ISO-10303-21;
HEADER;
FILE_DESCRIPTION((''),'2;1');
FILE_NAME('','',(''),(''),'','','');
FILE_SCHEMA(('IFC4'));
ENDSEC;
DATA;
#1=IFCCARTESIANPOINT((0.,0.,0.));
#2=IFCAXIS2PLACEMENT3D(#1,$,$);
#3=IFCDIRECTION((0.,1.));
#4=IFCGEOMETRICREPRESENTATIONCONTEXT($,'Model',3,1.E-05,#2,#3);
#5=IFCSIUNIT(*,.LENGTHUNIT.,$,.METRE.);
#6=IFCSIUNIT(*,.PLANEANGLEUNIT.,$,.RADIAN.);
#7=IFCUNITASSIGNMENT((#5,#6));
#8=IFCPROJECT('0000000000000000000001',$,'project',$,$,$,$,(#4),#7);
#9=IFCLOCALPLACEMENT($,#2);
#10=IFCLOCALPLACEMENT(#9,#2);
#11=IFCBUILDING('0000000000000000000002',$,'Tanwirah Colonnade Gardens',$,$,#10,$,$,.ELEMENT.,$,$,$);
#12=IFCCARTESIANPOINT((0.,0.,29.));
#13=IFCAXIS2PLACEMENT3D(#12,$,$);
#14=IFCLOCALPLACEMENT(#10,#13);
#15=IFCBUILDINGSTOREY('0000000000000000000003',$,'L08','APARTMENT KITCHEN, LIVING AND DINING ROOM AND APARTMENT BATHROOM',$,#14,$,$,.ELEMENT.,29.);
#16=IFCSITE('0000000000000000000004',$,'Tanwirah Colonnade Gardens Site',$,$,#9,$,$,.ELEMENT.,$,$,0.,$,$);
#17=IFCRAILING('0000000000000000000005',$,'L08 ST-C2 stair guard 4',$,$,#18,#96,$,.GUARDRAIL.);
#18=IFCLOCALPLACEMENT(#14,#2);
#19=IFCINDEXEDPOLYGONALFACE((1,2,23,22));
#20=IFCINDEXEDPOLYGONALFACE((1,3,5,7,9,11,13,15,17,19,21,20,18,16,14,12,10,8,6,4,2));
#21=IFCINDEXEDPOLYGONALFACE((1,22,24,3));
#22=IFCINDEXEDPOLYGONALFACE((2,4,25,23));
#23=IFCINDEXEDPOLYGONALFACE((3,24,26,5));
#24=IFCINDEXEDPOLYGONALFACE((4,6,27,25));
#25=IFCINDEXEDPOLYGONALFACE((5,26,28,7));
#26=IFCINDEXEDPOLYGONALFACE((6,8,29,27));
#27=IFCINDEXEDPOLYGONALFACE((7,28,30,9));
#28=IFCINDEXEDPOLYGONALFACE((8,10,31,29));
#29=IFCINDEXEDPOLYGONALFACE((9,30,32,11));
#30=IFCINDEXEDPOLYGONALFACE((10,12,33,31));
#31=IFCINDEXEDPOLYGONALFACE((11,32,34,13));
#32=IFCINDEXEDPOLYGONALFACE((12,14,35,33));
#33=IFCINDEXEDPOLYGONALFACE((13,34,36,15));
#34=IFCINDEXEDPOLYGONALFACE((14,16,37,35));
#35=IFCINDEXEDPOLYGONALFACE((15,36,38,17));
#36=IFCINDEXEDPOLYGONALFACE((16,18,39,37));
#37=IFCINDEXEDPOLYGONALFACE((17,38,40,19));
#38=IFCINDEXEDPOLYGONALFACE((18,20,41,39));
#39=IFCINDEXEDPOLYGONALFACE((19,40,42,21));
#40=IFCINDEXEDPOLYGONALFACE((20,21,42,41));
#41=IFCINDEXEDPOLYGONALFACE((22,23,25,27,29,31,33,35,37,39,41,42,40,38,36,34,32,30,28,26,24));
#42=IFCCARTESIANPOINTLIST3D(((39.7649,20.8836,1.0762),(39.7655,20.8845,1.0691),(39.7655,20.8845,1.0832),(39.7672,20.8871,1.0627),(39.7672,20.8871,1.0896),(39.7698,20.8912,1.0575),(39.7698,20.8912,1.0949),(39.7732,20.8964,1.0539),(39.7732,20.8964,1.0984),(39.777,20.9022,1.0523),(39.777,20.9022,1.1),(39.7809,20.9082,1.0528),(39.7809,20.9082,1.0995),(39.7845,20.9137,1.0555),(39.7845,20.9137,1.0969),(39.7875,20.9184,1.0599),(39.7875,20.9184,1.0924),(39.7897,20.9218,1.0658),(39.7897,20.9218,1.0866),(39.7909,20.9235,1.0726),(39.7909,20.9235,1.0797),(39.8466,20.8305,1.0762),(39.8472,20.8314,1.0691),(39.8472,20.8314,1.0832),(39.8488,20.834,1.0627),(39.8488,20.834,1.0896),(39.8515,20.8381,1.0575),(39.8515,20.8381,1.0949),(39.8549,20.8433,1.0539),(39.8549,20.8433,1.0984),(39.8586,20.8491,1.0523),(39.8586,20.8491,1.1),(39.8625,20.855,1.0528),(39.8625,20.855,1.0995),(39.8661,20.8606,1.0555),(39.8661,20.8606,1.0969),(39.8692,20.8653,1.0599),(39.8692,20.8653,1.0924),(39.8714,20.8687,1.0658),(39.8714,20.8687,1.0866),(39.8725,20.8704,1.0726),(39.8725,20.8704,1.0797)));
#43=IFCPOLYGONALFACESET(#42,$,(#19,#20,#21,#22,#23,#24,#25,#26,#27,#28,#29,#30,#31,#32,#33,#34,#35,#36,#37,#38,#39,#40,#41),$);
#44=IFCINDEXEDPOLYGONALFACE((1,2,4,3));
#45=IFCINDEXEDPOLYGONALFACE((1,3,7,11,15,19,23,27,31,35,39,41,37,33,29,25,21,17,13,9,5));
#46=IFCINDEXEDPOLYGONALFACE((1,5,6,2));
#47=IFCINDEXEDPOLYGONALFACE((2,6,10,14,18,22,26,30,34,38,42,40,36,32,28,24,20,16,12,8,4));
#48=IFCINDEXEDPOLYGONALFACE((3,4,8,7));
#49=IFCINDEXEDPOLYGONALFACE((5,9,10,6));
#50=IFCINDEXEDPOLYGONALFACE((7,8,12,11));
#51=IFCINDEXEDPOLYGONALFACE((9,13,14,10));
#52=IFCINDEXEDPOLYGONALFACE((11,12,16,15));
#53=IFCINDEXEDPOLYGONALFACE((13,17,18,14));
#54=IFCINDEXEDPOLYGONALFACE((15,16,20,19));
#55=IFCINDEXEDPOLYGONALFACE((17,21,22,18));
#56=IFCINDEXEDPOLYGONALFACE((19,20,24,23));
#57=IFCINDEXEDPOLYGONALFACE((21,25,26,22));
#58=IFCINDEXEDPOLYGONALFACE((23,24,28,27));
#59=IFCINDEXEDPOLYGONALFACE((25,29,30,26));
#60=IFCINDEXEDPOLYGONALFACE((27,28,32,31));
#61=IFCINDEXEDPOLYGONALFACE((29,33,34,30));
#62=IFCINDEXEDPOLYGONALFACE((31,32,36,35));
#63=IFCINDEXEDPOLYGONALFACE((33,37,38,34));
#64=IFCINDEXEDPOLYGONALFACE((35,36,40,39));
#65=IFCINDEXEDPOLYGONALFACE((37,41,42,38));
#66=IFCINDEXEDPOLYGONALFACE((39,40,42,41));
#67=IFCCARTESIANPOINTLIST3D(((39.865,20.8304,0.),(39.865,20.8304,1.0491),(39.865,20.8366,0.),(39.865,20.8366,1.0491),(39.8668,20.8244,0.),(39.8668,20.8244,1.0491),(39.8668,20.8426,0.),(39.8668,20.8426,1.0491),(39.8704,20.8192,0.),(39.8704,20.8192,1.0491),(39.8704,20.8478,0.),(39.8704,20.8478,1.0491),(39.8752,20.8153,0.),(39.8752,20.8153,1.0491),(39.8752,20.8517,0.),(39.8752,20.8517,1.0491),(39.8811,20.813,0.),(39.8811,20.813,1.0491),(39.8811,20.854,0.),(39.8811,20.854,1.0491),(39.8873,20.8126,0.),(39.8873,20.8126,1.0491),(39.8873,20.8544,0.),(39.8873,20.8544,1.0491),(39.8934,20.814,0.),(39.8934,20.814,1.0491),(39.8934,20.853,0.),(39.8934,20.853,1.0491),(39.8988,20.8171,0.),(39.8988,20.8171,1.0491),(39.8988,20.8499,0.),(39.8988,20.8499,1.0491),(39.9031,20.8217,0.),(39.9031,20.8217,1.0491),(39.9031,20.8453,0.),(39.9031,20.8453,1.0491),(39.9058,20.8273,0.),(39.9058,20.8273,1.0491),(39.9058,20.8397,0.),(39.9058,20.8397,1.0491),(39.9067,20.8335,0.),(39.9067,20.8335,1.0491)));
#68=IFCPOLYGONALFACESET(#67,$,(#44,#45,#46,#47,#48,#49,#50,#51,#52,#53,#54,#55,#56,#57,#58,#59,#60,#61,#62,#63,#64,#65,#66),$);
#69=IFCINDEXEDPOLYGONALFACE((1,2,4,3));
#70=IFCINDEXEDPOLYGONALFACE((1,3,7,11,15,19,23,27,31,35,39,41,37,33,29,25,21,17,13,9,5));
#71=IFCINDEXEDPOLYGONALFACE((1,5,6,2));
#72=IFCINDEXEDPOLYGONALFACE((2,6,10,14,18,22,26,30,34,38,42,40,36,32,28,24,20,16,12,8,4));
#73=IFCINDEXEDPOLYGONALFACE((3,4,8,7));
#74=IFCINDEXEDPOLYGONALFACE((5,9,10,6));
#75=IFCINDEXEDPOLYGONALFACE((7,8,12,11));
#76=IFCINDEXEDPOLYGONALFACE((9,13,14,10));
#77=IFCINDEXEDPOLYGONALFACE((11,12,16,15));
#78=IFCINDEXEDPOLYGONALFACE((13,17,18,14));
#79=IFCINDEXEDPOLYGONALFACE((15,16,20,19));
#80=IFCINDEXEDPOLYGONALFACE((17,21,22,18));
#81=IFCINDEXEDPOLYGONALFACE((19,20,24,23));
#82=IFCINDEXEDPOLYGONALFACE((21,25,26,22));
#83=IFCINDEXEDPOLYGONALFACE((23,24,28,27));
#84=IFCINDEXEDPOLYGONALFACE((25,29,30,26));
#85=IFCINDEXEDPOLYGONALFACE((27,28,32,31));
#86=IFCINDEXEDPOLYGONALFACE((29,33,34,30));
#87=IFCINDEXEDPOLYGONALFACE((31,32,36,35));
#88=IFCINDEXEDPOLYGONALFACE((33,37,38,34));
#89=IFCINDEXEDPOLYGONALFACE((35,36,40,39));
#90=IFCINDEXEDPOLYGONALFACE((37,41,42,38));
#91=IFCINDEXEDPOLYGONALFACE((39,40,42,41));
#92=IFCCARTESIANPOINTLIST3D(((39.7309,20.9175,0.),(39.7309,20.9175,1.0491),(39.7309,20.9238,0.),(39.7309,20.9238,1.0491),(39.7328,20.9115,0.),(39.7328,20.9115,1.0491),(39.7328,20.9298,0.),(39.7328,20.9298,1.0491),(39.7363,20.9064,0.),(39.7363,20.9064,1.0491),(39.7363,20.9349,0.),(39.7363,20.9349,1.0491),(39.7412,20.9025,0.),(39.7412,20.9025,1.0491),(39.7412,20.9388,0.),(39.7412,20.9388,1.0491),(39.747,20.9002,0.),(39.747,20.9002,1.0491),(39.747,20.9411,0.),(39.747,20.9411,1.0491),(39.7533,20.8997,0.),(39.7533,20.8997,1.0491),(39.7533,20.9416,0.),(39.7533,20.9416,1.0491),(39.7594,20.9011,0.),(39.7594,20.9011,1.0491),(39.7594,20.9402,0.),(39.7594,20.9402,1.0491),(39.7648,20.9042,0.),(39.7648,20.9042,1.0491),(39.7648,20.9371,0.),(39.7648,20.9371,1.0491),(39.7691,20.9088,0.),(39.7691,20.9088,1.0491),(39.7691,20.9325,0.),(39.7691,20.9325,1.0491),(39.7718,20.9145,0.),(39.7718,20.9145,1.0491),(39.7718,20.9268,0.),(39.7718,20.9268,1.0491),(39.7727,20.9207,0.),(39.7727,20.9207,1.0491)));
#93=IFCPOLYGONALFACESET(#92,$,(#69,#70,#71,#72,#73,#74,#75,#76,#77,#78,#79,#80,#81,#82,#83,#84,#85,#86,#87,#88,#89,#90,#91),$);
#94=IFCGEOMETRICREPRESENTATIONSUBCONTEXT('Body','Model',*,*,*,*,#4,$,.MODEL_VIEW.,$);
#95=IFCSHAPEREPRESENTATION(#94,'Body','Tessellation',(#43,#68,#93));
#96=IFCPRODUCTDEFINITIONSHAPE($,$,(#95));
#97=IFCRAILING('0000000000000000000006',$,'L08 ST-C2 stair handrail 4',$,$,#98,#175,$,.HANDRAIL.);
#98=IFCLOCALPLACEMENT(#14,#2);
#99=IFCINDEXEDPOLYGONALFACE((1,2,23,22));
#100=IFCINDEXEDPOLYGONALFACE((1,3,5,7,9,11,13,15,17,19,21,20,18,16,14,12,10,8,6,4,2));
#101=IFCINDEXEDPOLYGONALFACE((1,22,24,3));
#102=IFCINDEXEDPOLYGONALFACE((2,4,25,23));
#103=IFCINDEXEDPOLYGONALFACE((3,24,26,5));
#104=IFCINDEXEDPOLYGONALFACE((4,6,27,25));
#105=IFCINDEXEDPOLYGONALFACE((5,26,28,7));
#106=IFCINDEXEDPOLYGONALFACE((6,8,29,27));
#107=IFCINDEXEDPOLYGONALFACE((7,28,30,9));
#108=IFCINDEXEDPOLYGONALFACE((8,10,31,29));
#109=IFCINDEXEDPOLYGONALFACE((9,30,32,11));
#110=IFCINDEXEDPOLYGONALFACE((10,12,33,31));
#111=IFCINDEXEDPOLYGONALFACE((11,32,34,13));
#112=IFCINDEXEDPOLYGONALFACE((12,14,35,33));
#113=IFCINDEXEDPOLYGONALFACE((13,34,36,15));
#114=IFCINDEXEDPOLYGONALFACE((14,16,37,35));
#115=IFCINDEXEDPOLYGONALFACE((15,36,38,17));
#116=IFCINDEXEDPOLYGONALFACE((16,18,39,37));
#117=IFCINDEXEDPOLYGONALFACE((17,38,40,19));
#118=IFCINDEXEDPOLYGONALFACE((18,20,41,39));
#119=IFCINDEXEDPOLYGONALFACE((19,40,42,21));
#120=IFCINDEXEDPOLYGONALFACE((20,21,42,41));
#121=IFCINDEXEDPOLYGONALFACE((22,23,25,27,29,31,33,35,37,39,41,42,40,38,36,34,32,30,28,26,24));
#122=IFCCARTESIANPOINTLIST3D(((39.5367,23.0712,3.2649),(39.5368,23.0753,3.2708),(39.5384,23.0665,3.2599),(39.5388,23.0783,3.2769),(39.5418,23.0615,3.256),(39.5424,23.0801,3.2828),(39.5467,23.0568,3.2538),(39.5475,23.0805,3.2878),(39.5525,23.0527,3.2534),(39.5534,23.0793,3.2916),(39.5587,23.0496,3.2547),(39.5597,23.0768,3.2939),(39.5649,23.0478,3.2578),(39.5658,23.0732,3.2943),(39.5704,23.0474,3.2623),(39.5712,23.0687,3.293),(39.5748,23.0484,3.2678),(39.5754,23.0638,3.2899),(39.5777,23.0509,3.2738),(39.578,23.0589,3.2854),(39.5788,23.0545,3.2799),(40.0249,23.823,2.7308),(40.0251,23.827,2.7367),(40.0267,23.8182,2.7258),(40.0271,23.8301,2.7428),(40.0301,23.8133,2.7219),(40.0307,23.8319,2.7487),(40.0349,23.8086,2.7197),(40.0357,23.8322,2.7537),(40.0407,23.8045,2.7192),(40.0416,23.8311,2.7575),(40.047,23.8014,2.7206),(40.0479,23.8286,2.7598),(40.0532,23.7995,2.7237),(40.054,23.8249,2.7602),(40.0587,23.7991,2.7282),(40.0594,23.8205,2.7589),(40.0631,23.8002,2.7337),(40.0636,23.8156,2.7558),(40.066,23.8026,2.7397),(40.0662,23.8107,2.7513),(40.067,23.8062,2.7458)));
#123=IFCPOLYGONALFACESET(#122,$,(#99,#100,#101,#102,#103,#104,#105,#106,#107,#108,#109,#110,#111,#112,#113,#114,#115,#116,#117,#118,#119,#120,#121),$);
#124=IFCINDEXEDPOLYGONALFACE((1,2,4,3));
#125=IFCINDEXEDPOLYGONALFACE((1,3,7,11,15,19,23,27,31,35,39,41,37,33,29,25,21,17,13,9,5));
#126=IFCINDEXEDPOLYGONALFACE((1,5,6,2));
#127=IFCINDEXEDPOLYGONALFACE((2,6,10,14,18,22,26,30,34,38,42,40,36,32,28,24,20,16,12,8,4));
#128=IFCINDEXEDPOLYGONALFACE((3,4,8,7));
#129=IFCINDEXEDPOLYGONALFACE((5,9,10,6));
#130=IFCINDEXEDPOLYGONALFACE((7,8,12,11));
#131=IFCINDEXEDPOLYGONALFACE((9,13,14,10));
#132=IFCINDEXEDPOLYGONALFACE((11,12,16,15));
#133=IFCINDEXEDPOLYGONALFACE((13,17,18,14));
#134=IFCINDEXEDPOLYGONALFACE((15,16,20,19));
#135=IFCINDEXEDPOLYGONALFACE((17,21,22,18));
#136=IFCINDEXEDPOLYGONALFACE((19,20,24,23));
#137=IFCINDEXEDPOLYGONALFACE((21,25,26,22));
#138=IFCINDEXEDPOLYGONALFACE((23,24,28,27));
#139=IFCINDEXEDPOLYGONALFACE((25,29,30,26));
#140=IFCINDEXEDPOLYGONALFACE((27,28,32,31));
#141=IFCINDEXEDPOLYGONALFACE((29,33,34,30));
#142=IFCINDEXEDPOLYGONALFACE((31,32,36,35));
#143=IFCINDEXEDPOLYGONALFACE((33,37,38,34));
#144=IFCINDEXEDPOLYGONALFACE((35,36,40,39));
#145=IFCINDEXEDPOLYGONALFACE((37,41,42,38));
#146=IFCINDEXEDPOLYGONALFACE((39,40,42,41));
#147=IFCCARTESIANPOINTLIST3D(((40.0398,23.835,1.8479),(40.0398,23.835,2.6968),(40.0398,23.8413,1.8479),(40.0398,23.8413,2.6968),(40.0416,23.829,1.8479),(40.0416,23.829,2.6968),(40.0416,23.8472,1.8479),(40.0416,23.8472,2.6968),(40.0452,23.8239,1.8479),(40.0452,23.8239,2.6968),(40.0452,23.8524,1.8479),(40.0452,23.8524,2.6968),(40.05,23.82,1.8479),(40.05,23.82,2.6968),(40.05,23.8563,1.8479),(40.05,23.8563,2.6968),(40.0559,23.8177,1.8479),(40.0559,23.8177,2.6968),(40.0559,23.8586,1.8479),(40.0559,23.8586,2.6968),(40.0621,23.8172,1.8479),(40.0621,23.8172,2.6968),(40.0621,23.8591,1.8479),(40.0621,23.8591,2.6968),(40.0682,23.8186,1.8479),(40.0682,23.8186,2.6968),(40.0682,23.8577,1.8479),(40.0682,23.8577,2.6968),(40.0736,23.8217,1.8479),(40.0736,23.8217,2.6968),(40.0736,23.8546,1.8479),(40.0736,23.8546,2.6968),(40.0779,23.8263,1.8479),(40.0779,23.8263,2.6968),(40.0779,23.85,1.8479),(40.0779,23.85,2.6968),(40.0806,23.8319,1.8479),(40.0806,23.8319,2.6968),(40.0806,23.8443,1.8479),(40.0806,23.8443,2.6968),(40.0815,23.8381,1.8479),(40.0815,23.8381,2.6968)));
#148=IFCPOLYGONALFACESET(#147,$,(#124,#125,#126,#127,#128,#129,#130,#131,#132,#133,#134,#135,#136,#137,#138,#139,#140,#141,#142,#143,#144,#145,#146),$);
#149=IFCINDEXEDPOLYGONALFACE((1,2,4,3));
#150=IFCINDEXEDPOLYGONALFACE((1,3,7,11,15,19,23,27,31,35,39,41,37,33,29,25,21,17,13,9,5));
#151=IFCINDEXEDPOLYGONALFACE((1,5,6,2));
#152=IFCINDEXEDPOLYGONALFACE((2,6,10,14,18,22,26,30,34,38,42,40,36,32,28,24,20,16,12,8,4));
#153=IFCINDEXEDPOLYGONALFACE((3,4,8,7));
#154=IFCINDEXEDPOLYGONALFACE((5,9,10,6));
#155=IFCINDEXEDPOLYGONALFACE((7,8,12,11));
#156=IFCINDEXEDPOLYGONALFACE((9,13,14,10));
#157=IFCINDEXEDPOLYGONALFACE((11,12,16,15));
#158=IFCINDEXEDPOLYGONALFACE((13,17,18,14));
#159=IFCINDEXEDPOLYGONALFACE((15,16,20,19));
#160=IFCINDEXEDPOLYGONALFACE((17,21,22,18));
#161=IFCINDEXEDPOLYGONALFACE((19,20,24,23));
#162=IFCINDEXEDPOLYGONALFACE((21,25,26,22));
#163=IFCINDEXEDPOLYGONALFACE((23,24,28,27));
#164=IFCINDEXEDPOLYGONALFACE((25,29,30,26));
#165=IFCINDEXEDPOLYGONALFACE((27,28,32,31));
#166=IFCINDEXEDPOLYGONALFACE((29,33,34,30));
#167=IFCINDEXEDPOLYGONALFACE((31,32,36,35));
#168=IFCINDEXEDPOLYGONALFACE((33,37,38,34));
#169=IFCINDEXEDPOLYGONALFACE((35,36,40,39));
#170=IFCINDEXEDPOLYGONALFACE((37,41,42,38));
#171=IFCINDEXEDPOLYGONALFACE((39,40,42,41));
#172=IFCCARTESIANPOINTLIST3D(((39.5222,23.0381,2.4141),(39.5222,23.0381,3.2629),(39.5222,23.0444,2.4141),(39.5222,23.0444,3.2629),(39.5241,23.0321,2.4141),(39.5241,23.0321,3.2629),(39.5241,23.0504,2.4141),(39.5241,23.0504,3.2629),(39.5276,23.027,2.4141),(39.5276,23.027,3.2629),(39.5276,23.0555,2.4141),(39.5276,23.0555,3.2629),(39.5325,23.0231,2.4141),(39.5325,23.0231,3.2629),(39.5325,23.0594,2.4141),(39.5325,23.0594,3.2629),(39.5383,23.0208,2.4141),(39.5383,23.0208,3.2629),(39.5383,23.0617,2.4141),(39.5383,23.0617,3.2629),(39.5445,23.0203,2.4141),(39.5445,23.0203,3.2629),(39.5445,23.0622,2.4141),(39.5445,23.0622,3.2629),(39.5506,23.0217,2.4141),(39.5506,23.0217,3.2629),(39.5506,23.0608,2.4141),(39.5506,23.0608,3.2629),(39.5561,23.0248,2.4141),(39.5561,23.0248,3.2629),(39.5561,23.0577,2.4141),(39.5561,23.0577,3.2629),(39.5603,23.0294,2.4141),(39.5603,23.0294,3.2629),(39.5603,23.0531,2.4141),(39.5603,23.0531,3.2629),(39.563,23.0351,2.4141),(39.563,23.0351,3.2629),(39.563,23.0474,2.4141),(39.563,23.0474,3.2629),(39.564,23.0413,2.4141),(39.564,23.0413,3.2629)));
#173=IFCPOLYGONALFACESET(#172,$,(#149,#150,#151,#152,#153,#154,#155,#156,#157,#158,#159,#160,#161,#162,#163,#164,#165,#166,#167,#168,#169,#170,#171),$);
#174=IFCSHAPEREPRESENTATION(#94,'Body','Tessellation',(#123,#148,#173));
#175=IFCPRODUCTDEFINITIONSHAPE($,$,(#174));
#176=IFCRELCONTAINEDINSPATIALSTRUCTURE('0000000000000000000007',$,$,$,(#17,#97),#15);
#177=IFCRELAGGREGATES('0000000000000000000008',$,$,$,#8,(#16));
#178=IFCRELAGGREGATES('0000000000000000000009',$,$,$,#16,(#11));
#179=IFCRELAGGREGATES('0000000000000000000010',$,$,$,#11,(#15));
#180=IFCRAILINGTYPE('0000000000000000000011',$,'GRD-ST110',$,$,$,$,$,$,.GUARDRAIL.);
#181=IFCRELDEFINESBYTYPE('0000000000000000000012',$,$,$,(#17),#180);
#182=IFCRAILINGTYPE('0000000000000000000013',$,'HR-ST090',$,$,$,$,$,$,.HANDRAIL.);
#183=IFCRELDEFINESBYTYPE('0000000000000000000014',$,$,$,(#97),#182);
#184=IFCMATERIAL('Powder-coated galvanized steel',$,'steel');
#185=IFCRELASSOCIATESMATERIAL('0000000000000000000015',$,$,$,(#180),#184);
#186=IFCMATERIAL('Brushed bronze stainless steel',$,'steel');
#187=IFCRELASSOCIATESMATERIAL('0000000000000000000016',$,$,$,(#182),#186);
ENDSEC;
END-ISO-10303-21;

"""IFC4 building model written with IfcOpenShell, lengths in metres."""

from ifc_helpers import new_model, si_unit, direction, frame, origin, origin_2d, place, context, subcontext, project, spatial, circle, extrude, material, type_object, element, save


model = new_model("IFC4")

# Units and contexts
model_context = context("Model", 3, precision=1e-05, world=origin(), true_north=direction((0.0, 1.0)))
body_context = subcontext(model_context, "Body", "Model", "MODEL_VIEW")
ifc_project = project(units=[si_unit("LENGTHUNIT", "METRE"), si_unit("PLANEANGLEUNIT", "RADIAN")], contexts=[model_context])

# Site, building, storey
site_placement = place(None, origin())
site = spatial("IfcSite", under=ifc_project, at=site_placement, Name="Tanwirah Colonnade Gardens Site", CompositionType="ELEMENT", RefElevation=0.0)
building_placement = place(site_placement, origin())
building = spatial("IfcBuilding", under=site, at=building_placement, Name="Tanwirah Colonnade Gardens", CompositionType="ELEMENT")
storey_placement = place(building_placement, frame((0.0, 0.0, 29.0)))
storey = spatial("IfcBuildingStorey", under=building, at=storey_placement, Name="L08", Description="APARTMENT KITCHEN, LIVING AND DINING ROOM AND APARTMENT BATHROOM", CompositionType="ELEMENT", Elevation=29.0)

# Railings
ifc_material_1 = material(Name="Powder-coated galvanized steel", Category="steel")
railing_type_1 = type_object("IfcRailingType", Name="GRD-ST110", PredefinedType="GUARDRAIL", material=ifc_material_1)
railing_1_placement = place(storey_placement, frame((39.8857, 20.8335, 0.0)))
element("IfcRailing", 1, at=railing_1_placement, inside=storey, type_object=railing_type_1, Name="L08 ST-C2 stair guard 4", PredefinedType="GUARDRAIL", context=body_context, shape_type="SweptSolid", body=[
    extrude(circle(Radius=0.0239, at=origin_2d()), frame((-0.0261, 0.0171, 1.0762), z_axis=(-0.838339, 0.545149, 0.0), x_axis=(-0.545149, -0.838339, 0.0)), (0.0, 0.0, 1.0), 0.0974),
    extrude(circle(Radius=0.021, at=origin_2d()), origin(), (0.0, 0.0, 1.0), 1.0491),
    extrude(circle(Radius=0.021, at=origin_2d()), frame((-0.134, 0.0872, 0.0)), (0.0, 0.0, 1.0), 1.0491),
])
ifc_material_2 = material(Name="Brushed bronze stainless steel", Category="steel")
railing_type_2 = type_object("IfcRailingType", Name="HR-ST090", PredefinedType="HANDRAIL", material=ifc_material_2)
railing_2_placement = place(storey_placement, frame((40.0605, 23.8381, 1.8479)))
element("IfcRailing", 2, at=railing_2_placement, inside=storey, type_object=railing_type_2, Name="L08 ST-C2 stair handrail 4", PredefinedType="HANDRAIL", context=body_context, shape_type="SweptSolid", body=[
    extrude(circle(Radius=0.0239, at=origin_2d()), frame((-0.0146, -0.0225, 0.8918), z_axis=(-0.467935, -0.720443, 0.511859), x_axis=(0.838631, -0.544699, 0.0)), (0.0, 0.0, 1.0), 1.0435),
    extrude(circle(Radius=0.021, at=origin_2d()), origin(), (0.0, 0.0, 1.0), 0.8489),
    extrude(circle(Radius=0.021, at=origin_2d()), frame((-0.5176, -0.7969, 0.5662)), (0.0, 0.0, 1.0), 0.8489),
])

save(model, "model.ifc")
